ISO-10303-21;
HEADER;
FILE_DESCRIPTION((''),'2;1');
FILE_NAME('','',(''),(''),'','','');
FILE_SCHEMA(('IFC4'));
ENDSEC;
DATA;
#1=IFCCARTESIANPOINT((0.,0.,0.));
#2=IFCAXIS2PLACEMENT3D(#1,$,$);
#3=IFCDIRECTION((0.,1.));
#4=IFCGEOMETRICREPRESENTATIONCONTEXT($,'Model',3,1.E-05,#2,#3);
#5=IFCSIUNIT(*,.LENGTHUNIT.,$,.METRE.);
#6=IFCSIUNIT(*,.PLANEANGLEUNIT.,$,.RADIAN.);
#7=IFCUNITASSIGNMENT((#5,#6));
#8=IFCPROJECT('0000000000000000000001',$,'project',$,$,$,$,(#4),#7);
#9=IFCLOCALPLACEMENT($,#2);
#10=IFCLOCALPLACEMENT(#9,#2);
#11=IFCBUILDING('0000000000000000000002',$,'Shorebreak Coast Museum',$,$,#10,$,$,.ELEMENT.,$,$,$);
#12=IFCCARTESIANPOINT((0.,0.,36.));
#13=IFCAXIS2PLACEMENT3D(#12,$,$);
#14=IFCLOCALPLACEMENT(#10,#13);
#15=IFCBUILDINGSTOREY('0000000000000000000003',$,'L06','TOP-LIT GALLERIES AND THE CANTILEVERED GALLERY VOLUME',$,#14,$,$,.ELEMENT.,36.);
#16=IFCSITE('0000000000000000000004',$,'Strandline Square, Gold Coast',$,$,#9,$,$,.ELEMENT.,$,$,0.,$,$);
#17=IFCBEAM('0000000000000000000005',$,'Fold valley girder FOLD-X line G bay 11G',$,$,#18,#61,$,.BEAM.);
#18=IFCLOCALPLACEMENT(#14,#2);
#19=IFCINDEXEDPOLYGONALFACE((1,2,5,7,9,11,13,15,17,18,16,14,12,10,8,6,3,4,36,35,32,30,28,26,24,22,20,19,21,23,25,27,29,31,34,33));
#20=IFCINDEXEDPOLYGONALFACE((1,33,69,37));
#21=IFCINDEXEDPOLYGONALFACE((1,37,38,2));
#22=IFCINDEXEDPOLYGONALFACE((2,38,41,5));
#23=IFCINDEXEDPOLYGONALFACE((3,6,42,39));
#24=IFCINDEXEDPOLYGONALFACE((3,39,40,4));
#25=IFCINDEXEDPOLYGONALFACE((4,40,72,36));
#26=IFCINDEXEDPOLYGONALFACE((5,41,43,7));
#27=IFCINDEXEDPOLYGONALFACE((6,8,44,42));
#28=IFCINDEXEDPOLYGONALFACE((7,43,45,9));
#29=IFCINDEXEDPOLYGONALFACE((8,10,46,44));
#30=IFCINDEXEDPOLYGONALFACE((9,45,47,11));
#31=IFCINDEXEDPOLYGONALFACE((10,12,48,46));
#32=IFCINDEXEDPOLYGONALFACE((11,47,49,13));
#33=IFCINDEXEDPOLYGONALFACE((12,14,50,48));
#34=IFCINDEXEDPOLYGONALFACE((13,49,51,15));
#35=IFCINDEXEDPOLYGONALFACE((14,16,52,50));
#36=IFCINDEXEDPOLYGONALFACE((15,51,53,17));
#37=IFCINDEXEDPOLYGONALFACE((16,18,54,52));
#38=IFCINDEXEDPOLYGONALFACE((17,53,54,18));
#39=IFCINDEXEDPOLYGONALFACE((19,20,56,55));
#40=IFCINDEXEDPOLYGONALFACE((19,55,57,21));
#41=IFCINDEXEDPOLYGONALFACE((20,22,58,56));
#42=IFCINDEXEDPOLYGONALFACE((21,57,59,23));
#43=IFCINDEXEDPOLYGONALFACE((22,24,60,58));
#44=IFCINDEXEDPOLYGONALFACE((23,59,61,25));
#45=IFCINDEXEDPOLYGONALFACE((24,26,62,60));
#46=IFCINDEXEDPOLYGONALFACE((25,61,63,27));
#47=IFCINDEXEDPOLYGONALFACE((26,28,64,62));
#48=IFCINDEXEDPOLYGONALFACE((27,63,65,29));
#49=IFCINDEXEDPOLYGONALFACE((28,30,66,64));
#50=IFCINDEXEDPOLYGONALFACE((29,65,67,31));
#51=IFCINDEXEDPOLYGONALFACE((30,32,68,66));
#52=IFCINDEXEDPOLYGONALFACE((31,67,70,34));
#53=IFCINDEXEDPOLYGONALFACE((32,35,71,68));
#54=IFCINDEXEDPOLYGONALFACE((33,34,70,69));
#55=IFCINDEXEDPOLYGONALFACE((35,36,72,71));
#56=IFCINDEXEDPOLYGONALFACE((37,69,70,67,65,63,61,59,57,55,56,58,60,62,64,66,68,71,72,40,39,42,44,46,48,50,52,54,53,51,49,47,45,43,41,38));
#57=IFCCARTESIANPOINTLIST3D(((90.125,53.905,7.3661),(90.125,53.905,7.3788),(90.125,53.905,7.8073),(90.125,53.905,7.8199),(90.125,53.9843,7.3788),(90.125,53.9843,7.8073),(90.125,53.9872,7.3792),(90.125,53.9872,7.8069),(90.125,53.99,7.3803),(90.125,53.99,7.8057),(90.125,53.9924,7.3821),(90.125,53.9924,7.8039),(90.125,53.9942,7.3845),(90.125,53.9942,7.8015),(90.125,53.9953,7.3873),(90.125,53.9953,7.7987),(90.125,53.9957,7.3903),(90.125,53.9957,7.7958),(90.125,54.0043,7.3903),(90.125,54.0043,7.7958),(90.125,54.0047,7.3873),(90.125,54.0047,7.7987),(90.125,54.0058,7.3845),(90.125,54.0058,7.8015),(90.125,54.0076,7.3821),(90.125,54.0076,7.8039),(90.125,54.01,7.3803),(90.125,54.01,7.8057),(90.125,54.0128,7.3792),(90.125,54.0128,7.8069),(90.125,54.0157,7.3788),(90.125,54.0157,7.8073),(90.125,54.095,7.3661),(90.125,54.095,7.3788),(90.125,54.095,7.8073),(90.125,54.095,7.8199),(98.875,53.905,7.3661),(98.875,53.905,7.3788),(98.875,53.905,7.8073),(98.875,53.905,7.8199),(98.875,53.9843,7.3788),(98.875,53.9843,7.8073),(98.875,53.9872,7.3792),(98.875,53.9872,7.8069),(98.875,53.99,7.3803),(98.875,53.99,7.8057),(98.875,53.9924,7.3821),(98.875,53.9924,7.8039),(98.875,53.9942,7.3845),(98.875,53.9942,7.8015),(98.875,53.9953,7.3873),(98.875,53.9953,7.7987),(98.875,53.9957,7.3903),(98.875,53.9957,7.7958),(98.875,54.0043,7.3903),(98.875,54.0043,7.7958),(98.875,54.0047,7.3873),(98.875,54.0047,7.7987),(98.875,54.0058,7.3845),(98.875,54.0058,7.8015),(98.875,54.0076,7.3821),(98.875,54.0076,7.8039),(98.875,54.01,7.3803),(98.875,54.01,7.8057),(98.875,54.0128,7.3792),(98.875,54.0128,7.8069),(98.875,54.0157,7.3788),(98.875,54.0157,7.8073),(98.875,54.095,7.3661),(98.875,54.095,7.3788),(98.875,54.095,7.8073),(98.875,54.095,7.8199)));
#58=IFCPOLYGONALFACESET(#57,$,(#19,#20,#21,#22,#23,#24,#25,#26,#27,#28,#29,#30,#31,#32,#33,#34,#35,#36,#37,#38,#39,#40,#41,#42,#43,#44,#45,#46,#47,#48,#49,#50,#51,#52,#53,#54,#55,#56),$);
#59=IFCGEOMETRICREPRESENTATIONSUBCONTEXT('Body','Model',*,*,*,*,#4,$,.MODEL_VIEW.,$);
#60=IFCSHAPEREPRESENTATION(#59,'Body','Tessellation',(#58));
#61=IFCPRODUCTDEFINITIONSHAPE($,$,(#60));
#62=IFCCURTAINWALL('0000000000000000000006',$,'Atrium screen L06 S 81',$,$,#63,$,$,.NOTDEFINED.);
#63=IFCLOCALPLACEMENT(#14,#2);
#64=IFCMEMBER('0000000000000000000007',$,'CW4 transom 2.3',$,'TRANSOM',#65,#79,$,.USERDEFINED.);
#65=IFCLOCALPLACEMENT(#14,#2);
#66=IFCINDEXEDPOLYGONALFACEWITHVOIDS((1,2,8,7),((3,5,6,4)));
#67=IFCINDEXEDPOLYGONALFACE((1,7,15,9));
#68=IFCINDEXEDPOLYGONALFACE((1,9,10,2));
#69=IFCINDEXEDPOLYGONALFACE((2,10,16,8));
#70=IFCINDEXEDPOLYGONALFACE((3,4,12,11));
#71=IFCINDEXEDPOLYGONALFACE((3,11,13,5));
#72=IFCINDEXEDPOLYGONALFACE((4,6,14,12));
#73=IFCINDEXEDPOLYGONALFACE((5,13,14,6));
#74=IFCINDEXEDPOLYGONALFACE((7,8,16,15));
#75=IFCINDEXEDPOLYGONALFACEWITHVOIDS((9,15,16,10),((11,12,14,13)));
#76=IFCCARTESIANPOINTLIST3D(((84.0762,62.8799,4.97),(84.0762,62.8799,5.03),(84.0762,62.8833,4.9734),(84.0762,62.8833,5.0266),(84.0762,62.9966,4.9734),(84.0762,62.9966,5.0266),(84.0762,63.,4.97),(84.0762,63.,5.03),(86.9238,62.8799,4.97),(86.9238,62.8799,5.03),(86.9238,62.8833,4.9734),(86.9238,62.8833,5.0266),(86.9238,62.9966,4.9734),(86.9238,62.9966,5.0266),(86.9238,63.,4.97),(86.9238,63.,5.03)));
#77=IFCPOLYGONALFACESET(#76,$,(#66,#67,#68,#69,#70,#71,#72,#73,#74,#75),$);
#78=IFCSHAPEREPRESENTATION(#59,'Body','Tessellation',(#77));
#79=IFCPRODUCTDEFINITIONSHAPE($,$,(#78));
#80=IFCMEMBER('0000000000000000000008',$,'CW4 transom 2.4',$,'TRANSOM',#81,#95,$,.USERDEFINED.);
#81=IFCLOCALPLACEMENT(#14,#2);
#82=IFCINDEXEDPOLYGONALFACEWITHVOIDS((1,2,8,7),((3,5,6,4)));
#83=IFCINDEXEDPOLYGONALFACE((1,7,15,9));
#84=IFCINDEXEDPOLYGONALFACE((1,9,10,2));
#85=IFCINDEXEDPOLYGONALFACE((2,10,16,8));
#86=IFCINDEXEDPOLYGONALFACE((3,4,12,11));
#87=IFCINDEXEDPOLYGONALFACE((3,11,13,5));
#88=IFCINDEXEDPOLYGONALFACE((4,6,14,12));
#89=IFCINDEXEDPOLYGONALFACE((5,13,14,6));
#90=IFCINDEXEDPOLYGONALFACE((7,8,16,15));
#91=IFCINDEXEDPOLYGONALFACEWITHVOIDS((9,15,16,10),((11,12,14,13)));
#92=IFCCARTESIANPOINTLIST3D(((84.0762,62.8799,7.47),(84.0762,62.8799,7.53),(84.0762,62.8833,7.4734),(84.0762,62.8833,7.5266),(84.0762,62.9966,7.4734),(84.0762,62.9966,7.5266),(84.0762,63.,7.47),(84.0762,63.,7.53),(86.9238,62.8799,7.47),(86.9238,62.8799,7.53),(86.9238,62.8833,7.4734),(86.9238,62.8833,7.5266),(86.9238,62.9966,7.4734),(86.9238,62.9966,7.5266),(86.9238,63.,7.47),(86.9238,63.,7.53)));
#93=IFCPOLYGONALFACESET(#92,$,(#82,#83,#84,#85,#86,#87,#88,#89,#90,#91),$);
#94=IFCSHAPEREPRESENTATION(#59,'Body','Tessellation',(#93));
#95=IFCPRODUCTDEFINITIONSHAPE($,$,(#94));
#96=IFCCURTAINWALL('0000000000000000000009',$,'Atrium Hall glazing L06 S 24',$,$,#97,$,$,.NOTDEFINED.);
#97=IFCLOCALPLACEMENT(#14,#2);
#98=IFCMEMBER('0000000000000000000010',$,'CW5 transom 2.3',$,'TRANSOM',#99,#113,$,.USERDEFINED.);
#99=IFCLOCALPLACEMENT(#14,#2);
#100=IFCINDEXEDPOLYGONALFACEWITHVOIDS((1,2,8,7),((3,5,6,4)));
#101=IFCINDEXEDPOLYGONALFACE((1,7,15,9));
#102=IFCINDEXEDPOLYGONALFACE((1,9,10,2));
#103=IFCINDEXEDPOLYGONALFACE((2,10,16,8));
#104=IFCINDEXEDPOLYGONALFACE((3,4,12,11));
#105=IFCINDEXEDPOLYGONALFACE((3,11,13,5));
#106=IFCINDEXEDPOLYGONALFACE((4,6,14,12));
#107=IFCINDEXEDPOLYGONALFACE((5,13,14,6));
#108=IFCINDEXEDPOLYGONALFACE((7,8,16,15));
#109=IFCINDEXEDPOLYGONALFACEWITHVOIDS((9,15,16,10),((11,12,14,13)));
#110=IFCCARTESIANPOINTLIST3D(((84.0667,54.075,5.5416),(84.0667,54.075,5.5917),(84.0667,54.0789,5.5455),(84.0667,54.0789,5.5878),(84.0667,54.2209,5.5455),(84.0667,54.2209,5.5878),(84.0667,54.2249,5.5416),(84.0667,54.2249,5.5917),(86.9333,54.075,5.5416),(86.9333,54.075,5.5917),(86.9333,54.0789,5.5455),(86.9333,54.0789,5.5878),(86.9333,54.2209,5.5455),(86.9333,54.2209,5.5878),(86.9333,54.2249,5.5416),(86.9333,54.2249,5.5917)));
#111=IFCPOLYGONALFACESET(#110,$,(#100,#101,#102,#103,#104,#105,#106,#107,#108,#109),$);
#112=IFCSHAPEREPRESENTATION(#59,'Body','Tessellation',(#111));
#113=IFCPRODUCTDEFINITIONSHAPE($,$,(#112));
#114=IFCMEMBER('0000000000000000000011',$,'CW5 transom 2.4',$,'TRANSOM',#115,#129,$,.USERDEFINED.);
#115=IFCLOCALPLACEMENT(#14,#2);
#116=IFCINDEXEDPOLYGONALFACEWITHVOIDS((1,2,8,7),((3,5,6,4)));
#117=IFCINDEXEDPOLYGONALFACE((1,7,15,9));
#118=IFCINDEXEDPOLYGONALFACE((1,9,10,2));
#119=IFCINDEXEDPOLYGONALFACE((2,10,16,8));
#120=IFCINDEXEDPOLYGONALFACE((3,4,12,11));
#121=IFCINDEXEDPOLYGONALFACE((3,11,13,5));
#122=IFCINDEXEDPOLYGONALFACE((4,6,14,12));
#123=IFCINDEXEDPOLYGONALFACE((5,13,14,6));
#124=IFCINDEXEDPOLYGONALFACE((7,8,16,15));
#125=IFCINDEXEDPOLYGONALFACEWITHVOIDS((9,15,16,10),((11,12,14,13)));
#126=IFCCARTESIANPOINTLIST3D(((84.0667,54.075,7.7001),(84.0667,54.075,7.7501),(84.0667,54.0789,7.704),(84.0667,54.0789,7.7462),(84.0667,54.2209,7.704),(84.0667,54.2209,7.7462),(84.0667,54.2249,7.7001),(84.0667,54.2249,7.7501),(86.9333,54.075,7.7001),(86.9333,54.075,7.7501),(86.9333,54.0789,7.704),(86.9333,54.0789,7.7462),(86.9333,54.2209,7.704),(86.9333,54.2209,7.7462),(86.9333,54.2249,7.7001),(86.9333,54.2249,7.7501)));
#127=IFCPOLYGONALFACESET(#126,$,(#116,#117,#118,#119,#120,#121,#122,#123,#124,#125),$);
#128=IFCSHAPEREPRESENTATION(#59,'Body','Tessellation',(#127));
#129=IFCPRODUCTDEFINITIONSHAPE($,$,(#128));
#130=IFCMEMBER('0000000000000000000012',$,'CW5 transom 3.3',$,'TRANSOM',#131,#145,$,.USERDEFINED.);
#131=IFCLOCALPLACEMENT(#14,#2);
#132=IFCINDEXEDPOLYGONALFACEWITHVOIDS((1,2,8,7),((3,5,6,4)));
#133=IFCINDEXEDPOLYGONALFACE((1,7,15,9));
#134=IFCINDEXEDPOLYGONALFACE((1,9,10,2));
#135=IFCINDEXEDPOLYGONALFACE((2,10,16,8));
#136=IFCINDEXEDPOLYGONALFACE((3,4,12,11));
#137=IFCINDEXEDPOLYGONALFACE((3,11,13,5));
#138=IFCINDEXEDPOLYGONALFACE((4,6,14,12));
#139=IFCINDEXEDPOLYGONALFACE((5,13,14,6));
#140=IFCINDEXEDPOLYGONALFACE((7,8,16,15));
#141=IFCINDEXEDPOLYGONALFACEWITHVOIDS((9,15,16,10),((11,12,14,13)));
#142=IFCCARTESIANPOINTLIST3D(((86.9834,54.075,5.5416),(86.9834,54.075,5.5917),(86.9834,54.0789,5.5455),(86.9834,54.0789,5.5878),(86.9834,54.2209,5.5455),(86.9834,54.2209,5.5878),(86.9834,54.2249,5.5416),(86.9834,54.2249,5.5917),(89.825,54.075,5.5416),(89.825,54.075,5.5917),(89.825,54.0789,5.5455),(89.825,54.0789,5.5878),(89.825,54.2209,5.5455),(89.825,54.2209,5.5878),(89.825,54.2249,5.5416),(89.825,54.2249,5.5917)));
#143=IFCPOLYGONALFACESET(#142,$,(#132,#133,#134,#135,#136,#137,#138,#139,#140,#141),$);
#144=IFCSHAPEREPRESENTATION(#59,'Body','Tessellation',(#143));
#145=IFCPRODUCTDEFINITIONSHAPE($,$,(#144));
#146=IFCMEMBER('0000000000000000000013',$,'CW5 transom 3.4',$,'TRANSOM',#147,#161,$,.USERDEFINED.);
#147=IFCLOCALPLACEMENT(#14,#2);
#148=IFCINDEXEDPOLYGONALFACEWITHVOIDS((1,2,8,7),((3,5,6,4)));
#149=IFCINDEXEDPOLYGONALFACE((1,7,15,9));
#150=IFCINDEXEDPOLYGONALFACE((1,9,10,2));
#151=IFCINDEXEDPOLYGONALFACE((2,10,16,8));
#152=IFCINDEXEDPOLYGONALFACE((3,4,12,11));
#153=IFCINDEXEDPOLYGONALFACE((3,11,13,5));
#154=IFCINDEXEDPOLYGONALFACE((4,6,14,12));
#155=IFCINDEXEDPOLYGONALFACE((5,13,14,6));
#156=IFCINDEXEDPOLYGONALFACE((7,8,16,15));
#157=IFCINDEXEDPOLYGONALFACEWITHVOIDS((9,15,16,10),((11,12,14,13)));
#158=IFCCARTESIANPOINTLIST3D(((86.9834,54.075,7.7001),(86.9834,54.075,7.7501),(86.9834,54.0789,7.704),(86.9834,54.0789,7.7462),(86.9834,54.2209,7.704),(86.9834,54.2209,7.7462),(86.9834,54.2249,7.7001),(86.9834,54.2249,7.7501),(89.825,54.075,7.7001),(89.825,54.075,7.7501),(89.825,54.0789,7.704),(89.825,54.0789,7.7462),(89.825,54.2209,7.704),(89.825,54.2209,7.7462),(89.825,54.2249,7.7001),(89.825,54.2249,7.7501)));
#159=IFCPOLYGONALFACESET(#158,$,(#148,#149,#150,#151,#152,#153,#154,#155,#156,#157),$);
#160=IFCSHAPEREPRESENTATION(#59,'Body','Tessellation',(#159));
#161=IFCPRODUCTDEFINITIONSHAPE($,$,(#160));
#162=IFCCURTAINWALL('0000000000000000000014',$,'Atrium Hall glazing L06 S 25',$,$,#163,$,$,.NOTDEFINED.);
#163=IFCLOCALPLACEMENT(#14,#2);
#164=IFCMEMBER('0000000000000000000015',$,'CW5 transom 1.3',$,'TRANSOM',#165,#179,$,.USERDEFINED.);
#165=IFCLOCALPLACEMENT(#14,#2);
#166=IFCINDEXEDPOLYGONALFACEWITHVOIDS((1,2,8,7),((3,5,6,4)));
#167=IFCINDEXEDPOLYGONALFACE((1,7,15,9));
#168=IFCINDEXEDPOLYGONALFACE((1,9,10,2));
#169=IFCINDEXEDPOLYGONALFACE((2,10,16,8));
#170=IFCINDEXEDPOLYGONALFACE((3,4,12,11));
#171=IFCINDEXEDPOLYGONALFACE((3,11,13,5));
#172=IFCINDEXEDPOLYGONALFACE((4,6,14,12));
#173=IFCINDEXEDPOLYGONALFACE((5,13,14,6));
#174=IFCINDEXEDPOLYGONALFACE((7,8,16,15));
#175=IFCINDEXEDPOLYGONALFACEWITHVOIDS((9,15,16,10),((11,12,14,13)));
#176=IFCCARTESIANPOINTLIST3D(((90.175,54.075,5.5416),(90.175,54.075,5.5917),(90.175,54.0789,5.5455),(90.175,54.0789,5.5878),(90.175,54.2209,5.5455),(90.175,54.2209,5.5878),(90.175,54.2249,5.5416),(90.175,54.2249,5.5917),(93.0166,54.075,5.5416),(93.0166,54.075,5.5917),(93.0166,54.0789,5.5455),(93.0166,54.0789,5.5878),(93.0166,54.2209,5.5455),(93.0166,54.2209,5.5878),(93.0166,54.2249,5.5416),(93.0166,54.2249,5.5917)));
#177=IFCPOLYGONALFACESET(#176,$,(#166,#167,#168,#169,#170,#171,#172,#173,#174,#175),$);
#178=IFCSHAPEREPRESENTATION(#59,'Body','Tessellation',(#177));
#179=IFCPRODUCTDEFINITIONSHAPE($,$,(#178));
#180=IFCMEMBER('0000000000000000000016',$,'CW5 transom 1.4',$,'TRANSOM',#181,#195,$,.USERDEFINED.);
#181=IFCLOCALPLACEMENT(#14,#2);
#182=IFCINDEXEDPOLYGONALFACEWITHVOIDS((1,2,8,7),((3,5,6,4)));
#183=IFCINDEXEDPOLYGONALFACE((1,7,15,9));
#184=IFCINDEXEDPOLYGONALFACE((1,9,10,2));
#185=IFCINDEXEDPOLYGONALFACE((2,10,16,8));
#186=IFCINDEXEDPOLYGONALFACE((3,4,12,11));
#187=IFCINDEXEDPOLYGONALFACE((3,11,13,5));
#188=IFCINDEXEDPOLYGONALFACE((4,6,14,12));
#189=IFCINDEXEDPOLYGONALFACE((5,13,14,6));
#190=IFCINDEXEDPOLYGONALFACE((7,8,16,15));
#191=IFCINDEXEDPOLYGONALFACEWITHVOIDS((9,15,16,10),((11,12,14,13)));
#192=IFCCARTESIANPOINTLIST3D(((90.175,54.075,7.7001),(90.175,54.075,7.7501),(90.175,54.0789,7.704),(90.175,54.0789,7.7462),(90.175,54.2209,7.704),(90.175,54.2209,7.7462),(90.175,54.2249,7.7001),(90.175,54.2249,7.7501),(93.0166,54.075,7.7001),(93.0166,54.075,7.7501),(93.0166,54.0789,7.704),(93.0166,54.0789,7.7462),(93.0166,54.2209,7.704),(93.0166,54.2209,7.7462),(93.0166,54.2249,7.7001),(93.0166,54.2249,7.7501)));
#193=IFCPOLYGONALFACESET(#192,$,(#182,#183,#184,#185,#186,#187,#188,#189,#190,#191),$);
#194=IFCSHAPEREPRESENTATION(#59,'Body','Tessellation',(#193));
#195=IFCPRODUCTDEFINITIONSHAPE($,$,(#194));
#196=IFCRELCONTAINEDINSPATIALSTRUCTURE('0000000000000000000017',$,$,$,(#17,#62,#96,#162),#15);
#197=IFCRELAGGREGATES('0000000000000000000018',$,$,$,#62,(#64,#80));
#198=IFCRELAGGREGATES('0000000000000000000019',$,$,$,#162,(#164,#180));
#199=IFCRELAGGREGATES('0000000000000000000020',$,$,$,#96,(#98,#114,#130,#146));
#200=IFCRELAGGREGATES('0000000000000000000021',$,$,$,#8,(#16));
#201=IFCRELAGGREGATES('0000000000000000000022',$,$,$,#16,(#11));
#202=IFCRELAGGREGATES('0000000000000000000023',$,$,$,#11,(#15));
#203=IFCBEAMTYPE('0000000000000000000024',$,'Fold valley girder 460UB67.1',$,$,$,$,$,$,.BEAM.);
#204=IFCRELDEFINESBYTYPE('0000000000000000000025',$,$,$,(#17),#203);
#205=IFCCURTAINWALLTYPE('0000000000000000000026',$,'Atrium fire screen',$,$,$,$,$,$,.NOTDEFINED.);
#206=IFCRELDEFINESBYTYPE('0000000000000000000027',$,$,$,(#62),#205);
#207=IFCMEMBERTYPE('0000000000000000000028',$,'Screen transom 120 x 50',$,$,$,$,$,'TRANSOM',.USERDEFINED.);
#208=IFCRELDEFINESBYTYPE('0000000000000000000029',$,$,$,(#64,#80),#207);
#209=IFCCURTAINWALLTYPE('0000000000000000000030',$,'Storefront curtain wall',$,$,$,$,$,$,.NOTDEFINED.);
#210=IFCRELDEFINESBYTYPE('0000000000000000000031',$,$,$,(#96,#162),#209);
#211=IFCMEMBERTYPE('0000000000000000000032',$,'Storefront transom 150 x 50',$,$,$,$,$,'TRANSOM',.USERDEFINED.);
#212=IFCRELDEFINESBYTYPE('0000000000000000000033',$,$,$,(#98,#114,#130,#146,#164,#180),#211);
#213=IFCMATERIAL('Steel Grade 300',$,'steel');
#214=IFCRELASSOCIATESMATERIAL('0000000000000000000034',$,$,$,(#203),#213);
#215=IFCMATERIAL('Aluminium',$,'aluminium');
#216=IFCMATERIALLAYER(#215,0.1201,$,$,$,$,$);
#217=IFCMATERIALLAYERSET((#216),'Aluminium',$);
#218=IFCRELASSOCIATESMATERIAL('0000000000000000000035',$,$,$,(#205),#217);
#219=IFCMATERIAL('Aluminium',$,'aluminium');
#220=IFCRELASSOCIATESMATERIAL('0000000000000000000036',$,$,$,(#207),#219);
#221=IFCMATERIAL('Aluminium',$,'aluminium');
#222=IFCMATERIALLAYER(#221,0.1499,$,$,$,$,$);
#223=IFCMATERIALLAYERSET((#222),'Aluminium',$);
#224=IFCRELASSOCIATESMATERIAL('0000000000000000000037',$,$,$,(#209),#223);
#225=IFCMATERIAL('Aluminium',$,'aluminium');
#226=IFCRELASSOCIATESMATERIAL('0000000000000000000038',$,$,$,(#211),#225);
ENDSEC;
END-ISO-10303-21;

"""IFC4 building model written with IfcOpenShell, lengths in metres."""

from ifc_helpers import new_model, si_unit, direction, frame, origin, origin_2d, place, context, subcontext, project, spatial, hollow_rectangle, i_section, extrude, material, layer, layer_set, material_profile, profile_set, type_object, element, aggregate, save


model = new_model("IFC4")

# Units and contexts
model_context = context("Model", 3, precision=1e-05, world=origin(), true_north=direction((0.0, 1.0)))
body_context = subcontext(model_context, "Body", "Model", "MODEL_VIEW")
ifc_project = project(units=[si_unit("LENGTHUNIT", "METRE"), si_unit("PLANEANGLEUNIT", "RADIAN")], contexts=[model_context])

# Site, building, storey
site_placement = place(None, origin())
site = spatial("IfcSite", under=ifc_project, at=site_placement, Name="Strandline Square, Gold Coast", CompositionType="ELEMENT", RefElevation=0.0)
building_placement = place(site_placement, origin())
building = spatial("IfcBuilding", under=site, at=building_placement, Name="Shorebreak Coast Museum", CompositionType="ELEMENT")
storey_placement = place(building_placement, frame((0.0, 0.0, 36.0)))
storey = spatial("IfcBuildingStorey", under=building, at=storey_placement, Name="L06", Description="TOP-LIT GALLERIES AND THE CANTILEVERED GALLERY VOLUME", CompositionType="ELEMENT", Elevation=36.0)

# Beam
ifc_material_1 = material(Name="Steel Grade 300", Category="steel")
ifc_material_profile_1 = material_profile(ifc_material_1, i_section(OverallWidth=0.1899, OverallDepth=0.4539, WebThickness=0.0085, FlangeThickness=0.0127, FilletRadius=0.0115, at=origin_2d()), Name="460UB67.1")
ifc_profile_set_1 = profile_set([ifc_material_profile_1], Name="Steel Grade 300")
beam_type_1 = type_object("IfcBeamType", Name="Fold valley girder 460UB67.1", PredefinedType="BEAM", material=ifc_profile_set_1)
beam_1_placement = place(storey_placement, frame((90.125, 54.0, 7.593), z_axis=(1.0, 0.0, 0.0), x_axis=(0.0, 1.0, 0.0)))
element("IfcBeam", 1, at=beam_1_placement, inside=storey, type_object=beam_type_1, Name="Fold valley girder FOLD-X line G bay 11G", PredefinedType="BEAM", context=body_context, shape_type="SweptSolid", body=[
    extrude(i_section(OverallWidth=0.1899, OverallDepth=0.4539, WebThickness=0.0085, FlangeThickness=0.0127, FilletRadius=0.0115, at=origin_2d()), origin(), (0.0, 0.0, 1.0), 8.75),
])

# Curtain walls, members
ifc_material_2 = material(Name="Aluminium", Category="aluminium")
ifc_layer_1 = layer(ifc_material_2, 0.1201)
ifc_layer_set_1 = layer_set([ifc_layer_1], Name="Aluminium")
curtain_wall_type_1 = type_object("IfcCurtainWallType", Name="Atrium fire screen", PredefinedType="NOTDEFINED", material=ifc_layer_set_1)
curtain_wall_1_placement = place(storey_placement, origin())
curtain_wall_1 = element("IfcCurtainWall", 2, at=curtain_wall_1_placement, inside=storey, type_object=curtain_wall_type_1, Name="Atrium screen L06 S 81", PredefinedType="NOTDEFINED")
ifc_material_3 = material(Name="Aluminium", Category="aluminium")
ifc_material_profile_2 = material_profile(ifc_material_3, hollow_rectangle(XDim=0.1201, YDim=0.0601, WallThickness=0.0034, at=origin_2d()), Name="AL 60x120 RHS")
ifc_profile_set_2 = profile_set([ifc_material_profile_2], Name="Aluminium")
member_type_1 = type_object("IfcMemberType", Name="Screen transom 120 x 50", ElementType="TRANSOM", PredefinedType="USERDEFINED", material=ifc_profile_set_2)
member_1_placement = place(storey_placement, frame((84.0762, 62.9399, 5.0), z_axis=(1.0, 0.0, 0.0), x_axis=(0.0, 1.0, 0.0)))
member_1 = element("IfcMember", 3, at=member_1_placement, type_object=member_type_1, Name="CW4 transom 2.3", ObjectType="TRANSOM", PredefinedType="USERDEFINED", context=body_context, shape_type="SweptSolid", body=[
    extrude(hollow_rectangle(XDim=0.1201, YDim=0.0601, WallThickness=0.0034, at=origin_2d()), origin(), (0.0, 0.0, 1.0), 2.8477),
])
member_2_placement = place(storey_placement, frame((84.0762, 62.9399, 7.5), z_axis=(1.0, 0.0, 0.0), x_axis=(0.0, 1.0, 0.0)))
member_2 = element("IfcMember", 4, at=member_2_placement, type_object=member_type_1, Name="CW4 transom 2.4", ObjectType="TRANSOM", PredefinedType="USERDEFINED", context=body_context, shape_type="SweptSolid", body=[
    extrude(hollow_rectangle(XDim=0.1201, YDim=0.0601, WallThickness=0.0034, at=origin_2d()), origin(), (0.0, 0.0, 1.0), 2.8477),
])
aggregate(curtain_wall_1, [member_1, member_2])
ifc_material_4 = material(Name="Aluminium", Category="aluminium")
ifc_layer_2 = layer(ifc_material_4, 0.1499)
ifc_layer_set_2 = layer_set([ifc_layer_2], Name="Aluminium")
curtain_wall_type_2 = type_object("IfcCurtainWallType", Name="Storefront curtain wall", PredefinedType="NOTDEFINED", material=ifc_layer_set_2)
curtain_wall_2_placement = place(storey_placement, origin())
curtain_wall_2 = element("IfcCurtainWall", 5, at=curtain_wall_2_placement, inside=storey, type_object=curtain_wall_type_2, Name="Atrium Hall glazing L06 S 24", PredefinedType="NOTDEFINED")
ifc_material_5 = material(Name="Aluminium", Category="aluminium")
ifc_material_profile_3 = material_profile(ifc_material_5, hollow_rectangle(XDim=0.1499, YDim=0.05, WallThickness=0.0039, at=origin_2d()), Name="AL 50x150 RHS")
ifc_profile_set_3 = profile_set([ifc_material_profile_3], Name="Aluminium")
member_type_2 = type_object("IfcMemberType", Name="Storefront transom 150 x 50", ElementType="TRANSOM", PredefinedType="USERDEFINED", material=ifc_profile_set_3)
member_3_placement = place(storey_placement, frame((84.0667, 54.1499, 5.5667), z_axis=(1.0, 0.0, 0.0), x_axis=(0.0, 1.0, 0.0)))
member_3 = element("IfcMember", 6, at=member_3_placement, type_object=member_type_2, Name="CW5 transom 2.3", ObjectType="TRANSOM", PredefinedType="USERDEFINED", context=body_context, shape_type="SweptSolid", body=[
    extrude(hollow_rectangle(XDim=0.1499, YDim=0.05, WallThickness=0.0039, at=origin_2d()), origin(), (0.0, 0.0, 1.0), 2.8667),
])
member_4_placement = place(storey_placement, frame((84.0667, 54.1499, 7.7251), z_axis=(1.0, 0.0, 0.0), x_axis=(0.0, 1.0, 0.0)))
member_4 = element("IfcMember", 7, at=member_4_placement, type_object=member_type_2, Name="CW5 transom 2.4", ObjectType="TRANSOM", PredefinedType="USERDEFINED", context=body_context, shape_type="SweptSolid", body=[
    extrude(hollow_rectangle(XDim=0.1499, YDim=0.05, WallThickness=0.0039, at=origin_2d()), origin(), (0.0, 0.0, 1.0), 2.8667),
])
member_5_placement = place(storey_placement, frame((86.9834, 54.1499, 5.5667), z_axis=(1.0, 0.0, 0.0), x_axis=(0.0, 1.0, 0.0)))
member_5 = element("IfcMember", 8, at=member_5_placement, type_object=member_type_2, Name="CW5 transom 3.3", ObjectType="TRANSOM", PredefinedType="USERDEFINED", context=body_context, shape_type="SweptSolid", body=[
    extrude(hollow_rectangle(XDim=0.1499, YDim=0.05, WallThickness=0.0039, at=origin_2d()), origin(), (0.0, 0.0, 1.0), 2.8416),
])
member_6_placement = place(storey_placement, frame((86.9834, 54.1499, 7.7251), z_axis=(1.0, 0.0, 0.0), x_axis=(0.0, 1.0, 0.0)))
member_6 = element("IfcMember", 9, at=member_6_placement, type_object=member_type_2, Name="CW5 transom 3.4", ObjectType="TRANSOM", PredefinedType="USERDEFINED", context=body_context, shape_type="SweptSolid", body=[
    extrude(hollow_rectangle(XDim=0.1499, YDim=0.05, WallThickness=0.0039, at=origin_2d()), origin(), (0.0, 0.0, 1.0), 2.8416),
])
curtain_wall_3_placement = place(storey_placement, origin())
curtain_wall_3 = element("IfcCurtainWall", 10, at=curtain_wall_3_placement, inside=storey, type_object=curtain_wall_type_2, Name="Atrium Hall glazing L06 S 25", PredefinedType="NOTDEFINED")
member_7_placement = place(storey_placement, frame((90.175, 54.1499, 5.5667), z_axis=(1.0, 0.0, 0.0), x_axis=(0.0, 1.0, 0.0)))
member_7 = element("IfcMember", 11, at=member_7_placement, type_object=member_type_2, Name="CW5 transom 1.3", ObjectType="TRANSOM", PredefinedType="USERDEFINED", context=body_context, shape_type="SweptSolid", body=[
    extrude(hollow_rectangle(XDim=0.1499, YDim=0.05, WallThickness=0.0039, at=origin_2d()), origin(), (0.0, 0.0, 1.0), 2.8416),
])
member_8_placement = place(storey_placement, frame((90.175, 54.1499, 7.7251), z_axis=(1.0, 0.0, 0.0), x_axis=(0.0, 1.0, 0.0)))
member_8 = element("IfcMember", 12, at=member_8_placement, type_object=member_type_2, Name="CW5 transom 1.4", ObjectType="TRANSOM", PredefinedType="USERDEFINED", context=body_context, shape_type="SweptSolid", body=[
    extrude(hollow_rectangle(XDim=0.1499, YDim=0.05, WallThickness=0.0039, at=origin_2d()), origin(), (0.0, 0.0, 1.0), 2.8416),
])
aggregate(curtain_wall_3, [member_7, member_8])

aggregate(curtain_wall_2, [member_3, member_4, member_5, member_6])

save(model, "model.ifc")
